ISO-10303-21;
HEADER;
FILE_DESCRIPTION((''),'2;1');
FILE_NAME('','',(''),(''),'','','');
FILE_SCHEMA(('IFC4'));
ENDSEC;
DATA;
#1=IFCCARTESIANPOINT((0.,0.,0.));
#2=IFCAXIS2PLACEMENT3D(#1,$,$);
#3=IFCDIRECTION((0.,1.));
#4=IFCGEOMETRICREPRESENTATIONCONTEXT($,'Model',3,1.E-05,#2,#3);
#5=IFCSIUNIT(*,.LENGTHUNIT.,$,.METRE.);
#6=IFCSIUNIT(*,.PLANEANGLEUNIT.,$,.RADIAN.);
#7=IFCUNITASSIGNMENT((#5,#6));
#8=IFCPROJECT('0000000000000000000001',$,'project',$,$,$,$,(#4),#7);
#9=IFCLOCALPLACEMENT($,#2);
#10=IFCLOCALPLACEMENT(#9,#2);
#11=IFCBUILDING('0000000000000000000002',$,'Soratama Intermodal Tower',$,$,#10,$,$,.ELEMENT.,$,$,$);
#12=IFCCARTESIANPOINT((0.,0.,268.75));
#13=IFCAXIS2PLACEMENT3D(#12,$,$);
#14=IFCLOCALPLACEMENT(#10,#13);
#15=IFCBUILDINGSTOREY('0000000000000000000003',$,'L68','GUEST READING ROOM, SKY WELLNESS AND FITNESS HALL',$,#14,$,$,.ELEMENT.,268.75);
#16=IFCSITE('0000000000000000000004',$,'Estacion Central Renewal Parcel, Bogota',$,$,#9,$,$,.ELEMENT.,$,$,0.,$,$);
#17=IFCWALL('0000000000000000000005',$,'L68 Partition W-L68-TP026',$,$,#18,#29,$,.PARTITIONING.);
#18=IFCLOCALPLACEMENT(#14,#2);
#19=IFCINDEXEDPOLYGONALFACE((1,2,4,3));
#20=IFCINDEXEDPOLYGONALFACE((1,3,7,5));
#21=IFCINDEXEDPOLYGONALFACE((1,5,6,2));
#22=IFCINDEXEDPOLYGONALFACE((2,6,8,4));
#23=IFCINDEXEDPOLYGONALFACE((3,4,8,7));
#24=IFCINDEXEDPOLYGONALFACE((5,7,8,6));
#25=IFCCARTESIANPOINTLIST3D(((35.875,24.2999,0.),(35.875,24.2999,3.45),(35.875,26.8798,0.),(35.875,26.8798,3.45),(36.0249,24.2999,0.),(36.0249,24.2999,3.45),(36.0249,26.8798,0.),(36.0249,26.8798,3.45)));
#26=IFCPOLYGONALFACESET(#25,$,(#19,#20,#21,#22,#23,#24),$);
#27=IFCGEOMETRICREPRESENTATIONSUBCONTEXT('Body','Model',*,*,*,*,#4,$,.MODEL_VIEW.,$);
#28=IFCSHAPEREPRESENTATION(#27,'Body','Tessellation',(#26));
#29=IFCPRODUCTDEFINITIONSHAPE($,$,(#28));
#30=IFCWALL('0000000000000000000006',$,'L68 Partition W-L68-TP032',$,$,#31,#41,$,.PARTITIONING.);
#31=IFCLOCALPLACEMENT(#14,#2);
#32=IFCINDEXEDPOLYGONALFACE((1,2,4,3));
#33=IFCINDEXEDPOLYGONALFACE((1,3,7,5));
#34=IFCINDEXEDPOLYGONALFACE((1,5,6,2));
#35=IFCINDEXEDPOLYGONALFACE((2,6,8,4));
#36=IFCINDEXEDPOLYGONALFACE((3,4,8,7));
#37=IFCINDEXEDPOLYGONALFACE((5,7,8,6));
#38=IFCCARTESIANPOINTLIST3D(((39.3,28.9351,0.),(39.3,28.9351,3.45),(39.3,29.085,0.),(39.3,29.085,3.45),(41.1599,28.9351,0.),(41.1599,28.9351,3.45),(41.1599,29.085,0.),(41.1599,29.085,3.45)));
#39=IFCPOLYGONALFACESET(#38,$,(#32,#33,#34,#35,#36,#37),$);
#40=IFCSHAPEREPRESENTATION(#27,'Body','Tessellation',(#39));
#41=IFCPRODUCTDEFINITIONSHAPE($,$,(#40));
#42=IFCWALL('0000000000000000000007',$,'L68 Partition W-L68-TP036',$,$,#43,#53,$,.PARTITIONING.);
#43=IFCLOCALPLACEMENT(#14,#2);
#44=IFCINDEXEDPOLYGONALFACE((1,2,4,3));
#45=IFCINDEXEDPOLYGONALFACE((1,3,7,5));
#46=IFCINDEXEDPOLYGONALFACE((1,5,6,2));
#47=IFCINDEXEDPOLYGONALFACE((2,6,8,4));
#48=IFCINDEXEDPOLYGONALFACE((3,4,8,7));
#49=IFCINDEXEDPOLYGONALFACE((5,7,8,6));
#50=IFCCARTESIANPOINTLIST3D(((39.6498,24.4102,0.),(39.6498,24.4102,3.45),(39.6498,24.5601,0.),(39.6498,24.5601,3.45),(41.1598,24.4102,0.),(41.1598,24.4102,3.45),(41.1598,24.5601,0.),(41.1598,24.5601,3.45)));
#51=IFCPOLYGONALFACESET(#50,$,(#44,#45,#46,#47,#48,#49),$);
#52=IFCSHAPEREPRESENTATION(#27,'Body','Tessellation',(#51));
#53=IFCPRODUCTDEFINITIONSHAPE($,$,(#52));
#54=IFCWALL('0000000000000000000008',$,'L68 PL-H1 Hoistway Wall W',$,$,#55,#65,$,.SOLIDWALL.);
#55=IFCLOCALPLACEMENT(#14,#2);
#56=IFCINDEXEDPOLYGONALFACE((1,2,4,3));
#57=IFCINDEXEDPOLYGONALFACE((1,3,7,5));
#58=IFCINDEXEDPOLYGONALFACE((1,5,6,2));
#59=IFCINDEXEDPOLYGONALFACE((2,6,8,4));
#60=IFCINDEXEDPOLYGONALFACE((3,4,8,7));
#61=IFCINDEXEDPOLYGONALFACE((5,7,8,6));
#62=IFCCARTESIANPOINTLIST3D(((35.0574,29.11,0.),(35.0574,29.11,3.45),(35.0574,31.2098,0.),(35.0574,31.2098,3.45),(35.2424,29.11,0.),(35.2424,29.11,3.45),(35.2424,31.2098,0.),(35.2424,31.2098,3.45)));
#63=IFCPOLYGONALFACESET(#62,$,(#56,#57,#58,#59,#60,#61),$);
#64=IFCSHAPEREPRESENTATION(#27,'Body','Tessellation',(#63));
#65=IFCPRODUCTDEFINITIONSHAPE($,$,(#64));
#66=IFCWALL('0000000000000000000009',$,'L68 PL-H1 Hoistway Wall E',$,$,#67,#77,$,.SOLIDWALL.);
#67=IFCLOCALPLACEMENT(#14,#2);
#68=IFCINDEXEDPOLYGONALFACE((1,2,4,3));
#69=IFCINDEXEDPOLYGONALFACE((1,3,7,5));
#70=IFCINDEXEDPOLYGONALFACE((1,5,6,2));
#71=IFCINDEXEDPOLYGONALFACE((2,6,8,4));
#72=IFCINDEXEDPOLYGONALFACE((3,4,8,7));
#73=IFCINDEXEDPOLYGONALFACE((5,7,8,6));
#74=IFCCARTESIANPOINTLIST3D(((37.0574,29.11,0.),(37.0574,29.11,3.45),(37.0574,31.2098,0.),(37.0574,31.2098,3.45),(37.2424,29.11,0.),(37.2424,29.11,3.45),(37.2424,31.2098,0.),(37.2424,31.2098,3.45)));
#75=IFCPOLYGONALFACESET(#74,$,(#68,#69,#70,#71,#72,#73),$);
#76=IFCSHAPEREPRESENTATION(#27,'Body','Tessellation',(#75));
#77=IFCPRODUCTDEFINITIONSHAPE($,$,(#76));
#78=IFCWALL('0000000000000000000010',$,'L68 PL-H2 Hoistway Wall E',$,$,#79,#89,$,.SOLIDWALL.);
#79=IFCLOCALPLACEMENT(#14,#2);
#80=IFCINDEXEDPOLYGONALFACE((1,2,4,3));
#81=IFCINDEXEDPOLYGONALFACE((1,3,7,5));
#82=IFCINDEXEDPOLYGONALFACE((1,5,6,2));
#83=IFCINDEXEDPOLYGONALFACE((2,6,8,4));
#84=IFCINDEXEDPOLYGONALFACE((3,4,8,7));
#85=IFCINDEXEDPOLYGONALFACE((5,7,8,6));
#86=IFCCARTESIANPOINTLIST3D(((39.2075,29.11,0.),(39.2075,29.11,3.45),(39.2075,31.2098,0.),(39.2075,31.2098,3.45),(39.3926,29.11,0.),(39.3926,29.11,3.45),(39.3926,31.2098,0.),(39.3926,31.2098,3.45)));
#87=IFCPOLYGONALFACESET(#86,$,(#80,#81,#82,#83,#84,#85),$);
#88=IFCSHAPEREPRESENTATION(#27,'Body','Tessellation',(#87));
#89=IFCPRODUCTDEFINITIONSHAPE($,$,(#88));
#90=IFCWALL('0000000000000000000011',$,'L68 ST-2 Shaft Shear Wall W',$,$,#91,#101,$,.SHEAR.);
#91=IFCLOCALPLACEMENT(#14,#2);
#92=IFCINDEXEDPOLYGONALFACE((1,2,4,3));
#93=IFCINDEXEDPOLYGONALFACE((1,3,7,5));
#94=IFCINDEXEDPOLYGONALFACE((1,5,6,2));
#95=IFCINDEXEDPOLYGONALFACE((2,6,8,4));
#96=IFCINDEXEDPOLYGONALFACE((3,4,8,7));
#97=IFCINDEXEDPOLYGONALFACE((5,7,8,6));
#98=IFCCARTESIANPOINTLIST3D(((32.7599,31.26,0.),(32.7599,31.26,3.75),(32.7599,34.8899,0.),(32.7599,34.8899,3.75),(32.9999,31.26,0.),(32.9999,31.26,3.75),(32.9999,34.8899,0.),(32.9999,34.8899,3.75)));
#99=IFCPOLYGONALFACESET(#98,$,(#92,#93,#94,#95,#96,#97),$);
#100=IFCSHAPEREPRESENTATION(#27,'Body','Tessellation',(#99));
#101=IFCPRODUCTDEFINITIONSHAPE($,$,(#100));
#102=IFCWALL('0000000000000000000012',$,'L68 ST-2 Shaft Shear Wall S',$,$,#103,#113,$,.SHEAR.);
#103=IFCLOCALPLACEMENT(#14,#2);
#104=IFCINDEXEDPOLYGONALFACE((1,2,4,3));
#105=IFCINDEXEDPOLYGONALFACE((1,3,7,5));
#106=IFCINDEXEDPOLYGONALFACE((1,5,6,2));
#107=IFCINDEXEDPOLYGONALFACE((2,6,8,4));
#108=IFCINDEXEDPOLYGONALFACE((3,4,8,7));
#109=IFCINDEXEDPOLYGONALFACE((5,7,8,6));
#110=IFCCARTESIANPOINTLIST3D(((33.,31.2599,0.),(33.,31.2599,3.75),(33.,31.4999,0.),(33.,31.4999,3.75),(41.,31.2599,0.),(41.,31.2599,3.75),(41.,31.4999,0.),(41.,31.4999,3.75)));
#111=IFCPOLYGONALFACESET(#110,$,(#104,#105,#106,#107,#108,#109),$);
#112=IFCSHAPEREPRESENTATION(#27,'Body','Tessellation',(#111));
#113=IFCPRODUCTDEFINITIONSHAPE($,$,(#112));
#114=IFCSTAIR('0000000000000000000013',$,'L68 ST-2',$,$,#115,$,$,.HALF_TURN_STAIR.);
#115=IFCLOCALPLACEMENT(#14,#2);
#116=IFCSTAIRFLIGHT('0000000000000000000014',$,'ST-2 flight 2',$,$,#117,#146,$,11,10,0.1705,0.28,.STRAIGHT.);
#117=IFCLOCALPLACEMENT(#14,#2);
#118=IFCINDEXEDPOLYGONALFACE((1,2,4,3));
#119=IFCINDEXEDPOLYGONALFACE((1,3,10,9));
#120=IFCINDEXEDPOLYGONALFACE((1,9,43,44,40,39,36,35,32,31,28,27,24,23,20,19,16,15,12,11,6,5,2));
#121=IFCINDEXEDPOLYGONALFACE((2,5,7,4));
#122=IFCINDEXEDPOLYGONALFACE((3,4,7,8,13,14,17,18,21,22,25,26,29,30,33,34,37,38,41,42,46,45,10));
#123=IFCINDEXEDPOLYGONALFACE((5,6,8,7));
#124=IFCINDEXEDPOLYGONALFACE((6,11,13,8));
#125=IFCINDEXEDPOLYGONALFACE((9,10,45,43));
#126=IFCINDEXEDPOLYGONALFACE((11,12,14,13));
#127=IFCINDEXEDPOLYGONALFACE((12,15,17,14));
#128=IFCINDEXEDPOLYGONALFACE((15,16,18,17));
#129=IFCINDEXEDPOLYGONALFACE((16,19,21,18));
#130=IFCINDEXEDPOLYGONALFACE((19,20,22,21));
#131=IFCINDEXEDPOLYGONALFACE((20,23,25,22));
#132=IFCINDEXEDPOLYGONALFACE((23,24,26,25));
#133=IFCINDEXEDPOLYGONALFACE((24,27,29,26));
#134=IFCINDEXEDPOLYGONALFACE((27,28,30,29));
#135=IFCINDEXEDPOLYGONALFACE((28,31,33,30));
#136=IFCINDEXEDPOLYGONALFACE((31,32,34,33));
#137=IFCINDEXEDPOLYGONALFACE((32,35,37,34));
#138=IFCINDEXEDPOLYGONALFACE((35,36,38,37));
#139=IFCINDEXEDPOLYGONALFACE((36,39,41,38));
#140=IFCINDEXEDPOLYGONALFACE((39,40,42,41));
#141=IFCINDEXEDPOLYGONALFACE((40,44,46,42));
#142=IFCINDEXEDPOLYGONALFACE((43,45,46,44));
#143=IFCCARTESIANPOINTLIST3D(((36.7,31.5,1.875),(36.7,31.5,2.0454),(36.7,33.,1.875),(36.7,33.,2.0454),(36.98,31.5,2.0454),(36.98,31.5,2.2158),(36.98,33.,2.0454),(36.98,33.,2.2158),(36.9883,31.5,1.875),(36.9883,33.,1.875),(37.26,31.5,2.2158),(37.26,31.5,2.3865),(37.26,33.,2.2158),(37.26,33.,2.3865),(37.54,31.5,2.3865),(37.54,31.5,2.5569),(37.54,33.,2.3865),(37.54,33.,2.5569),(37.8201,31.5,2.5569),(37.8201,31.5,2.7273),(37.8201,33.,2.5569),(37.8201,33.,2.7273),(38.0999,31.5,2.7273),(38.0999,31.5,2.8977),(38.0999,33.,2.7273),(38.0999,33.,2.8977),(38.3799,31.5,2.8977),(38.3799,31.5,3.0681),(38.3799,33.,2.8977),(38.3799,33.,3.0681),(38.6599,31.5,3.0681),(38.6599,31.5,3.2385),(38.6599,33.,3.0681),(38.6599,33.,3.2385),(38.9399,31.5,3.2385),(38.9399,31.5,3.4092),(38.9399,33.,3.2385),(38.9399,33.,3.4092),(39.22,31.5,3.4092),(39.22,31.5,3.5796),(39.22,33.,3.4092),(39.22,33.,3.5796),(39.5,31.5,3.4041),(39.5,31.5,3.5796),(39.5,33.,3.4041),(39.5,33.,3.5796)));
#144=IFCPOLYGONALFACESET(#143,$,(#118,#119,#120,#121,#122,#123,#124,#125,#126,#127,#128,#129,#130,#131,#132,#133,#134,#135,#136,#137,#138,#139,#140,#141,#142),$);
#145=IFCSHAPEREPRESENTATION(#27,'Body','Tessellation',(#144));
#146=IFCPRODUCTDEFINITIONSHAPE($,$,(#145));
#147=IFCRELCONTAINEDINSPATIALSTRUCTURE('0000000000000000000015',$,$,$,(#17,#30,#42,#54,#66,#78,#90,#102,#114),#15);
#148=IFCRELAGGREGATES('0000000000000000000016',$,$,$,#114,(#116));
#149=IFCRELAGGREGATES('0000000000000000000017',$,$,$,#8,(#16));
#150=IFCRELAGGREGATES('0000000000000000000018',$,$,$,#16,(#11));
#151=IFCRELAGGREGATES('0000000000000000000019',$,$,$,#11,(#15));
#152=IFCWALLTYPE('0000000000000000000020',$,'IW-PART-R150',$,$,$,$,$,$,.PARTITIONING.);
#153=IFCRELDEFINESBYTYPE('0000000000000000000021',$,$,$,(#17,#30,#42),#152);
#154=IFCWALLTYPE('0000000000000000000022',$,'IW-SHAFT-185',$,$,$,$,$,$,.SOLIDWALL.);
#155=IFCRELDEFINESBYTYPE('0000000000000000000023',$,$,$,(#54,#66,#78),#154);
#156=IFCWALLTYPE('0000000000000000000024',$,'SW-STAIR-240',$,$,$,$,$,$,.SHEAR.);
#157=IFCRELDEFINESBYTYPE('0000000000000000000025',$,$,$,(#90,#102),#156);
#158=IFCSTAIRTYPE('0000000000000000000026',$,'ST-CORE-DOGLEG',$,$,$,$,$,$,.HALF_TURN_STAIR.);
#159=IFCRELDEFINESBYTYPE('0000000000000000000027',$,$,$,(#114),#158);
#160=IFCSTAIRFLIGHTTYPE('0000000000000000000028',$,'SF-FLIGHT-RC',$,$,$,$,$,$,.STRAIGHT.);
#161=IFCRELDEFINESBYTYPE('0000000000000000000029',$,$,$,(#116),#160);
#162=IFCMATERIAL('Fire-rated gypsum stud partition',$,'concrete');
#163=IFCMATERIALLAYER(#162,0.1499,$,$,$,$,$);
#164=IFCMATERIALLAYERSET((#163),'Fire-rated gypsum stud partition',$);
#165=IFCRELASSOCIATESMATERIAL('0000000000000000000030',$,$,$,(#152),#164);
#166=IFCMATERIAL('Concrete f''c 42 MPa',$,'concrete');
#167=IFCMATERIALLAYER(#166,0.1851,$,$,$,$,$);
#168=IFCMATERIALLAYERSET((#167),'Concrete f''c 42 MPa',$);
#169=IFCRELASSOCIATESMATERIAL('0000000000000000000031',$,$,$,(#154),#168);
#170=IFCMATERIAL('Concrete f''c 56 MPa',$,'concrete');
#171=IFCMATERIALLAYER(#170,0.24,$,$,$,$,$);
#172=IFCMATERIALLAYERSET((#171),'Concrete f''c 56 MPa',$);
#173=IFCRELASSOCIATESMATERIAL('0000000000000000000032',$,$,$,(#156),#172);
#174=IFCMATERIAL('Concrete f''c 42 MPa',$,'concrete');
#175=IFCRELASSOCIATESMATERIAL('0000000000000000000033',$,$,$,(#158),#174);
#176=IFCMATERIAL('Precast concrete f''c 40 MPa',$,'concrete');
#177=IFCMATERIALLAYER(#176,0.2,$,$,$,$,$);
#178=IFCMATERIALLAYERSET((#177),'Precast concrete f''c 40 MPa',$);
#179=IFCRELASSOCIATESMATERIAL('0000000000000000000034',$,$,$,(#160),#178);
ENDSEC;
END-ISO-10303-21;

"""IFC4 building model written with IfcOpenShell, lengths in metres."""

from ifc_helpers import new_model, si_unit, direction, frame, frame_2d, origin, place, context, subcontext, project, spatial, polyline, rectangle, outline, extrude, material, layer, layer_set, type_object, element, aggregate, save


model = new_model("IFC4")

# Units and contexts
model_context = context("Model", 3, precision=1e-05, world=origin(), true_north=direction((0.0, 1.0)))
body_context = subcontext(model_context, "Body", "Model", "MODEL_VIEW")
ifc_project = project(units=[si_unit("LENGTHUNIT", "METRE"), si_unit("PLANEANGLEUNIT", "RADIAN")], contexts=[model_context])

# Site, building, storey
site_placement = place(None, origin())
site = spatial("IfcSite", under=ifc_project, at=site_placement, Name="Estacion Central Renewal Parcel, Bogota", CompositionType="ELEMENT", RefElevation=0.0)
building_placement = place(site_placement, origin())
building = spatial("IfcBuilding", under=site, at=building_placement, Name="Soratama Intermodal Tower", CompositionType="ELEMENT")
storey_placement = place(building_placement, frame((0.0, 0.0, 268.75)))
storey = spatial("IfcBuildingStorey", under=building, at=storey_placement, Name="L68", Description="GUEST READING ROOM, SKY WELLNESS AND FITNESS HALL", CompositionType="ELEMENT", Elevation=268.75)

# Shared definitions
ifc_material_1 = material(Name="Fire-rated gypsum stud partition", Category="concrete")
ifc_layer_1 = layer(ifc_material_1, 0.1499)
ifc_layer_set_1 = layer_set([ifc_layer_1], Name="Fire-rated gypsum stud partition")
wall_type_1 = type_object("IfcWallType", Name="IW-PART-R150", PredefinedType="PARTITIONING", material=ifc_layer_set_1)

# Walls
wall_1_placement = place(storey_placement, frame((35.95, 26.8799, 0.0), z_axis=(0.0, 0.0, 1.0), x_axis=(0.0, -1.0, 0.0)))
element("IfcWall", 1, at=wall_1_placement, inside=storey, type_object=wall_type_1, Name="L68 Partition W-L68-TP026", PredefinedType="PARTITIONING", context=body_context, shape_type="SweptSolid", body=[
    extrude(rectangle(XDim=2.5798, YDim=0.1499, at=frame_2d((1.29, 0.0))), origin(), (0.0, 0.0, 1.0), 3.45),
])
wall_2_placement = place(storey_placement, frame((39.3, 29.01, 0.0), z_axis=(0.0, 0.0, 1.0), x_axis=(1.0, 0.0, 0.0)))
element("IfcWall", 2, at=wall_2_placement, inside=storey, type_object=wall_type_1, Name="L68 Partition W-L68-TP032", PredefinedType="PARTITIONING", context=body_context, shape_type="SweptSolid", body=[
    extrude(rectangle(XDim=1.8599, YDim=0.1499, at=frame_2d((0.9299, 0.0))), origin(), (0.0, 0.0, 1.0), 3.45),
])
wall_3_placement = place(storey_placement, frame((39.6499, 24.4851, 0.0), z_axis=(0.0, 0.0, 1.0), x_axis=(1.0, 0.0, 0.0)))
element("IfcWall", 3, at=wall_3_placement, inside=storey, type_object=wall_type_1, Name="L68 Partition W-L68-TP036", PredefinedType="PARTITIONING", context=body_context, shape_type="SweptSolid", body=[
    extrude(rectangle(XDim=1.51, YDim=0.1499, at=frame_2d((0.7549, 0.0))), origin(), (0.0, 0.0, 1.0), 3.45),
])

# Shared definitions
ifc_material_2 = material(Name="Concrete f'c 42 MPa", Category="concrete")
ifc_layer_2 = layer(ifc_material_2, 0.1851)
ifc_layer_set_2 = layer_set([ifc_layer_2], Name="Concrete f'c 42 MPa")
wall_type_2 = type_object("IfcWallType", Name="IW-SHAFT-185", PredefinedType="SOLIDWALL", material=ifc_layer_set_2)

# Walls
for number, where, z_axis, x_axis, name in (
    (4, (35.1499, 29.1101, 0.0), (0.0, 0.0, 1.0), (0.0, 1.0, 0.0), "L68 PL-H1 Hoistway Wall W"),
    (5, (37.1499, 29.1101, 0.0), (0.0, 0.0, 1.0), (0.0, 1.0, 0.0), "L68 PL-H1 Hoistway Wall E"),
):
    element("IfcWall", number, at=place(storey_placement, frame(where, z_axis=z_axis, x_axis=x_axis)), inside=storey, type_object=wall_type_2, Name=name, PredefinedType="SOLIDWALL", context=body_context, shape_type="SweptSolid", body=[
        extrude(rectangle(XDim=2.0999, YDim=0.1851, at=frame_2d((1.0498, 0.0))), origin(), (0.0, 0.0, 1.0), 3.45),
    ])

# Walls
wall_4_placement = place(storey_placement, frame((39.3, 29.1101, 0.0), z_axis=(0.0, 0.0, 1.0), x_axis=(0.0, 1.0, 0.0)))
element("IfcWall", 6, at=wall_4_placement, inside=storey, type_object=wall_type_2, Name="L68 PL-H2 Hoistway Wall E", PredefinedType="SOLIDWALL", context=body_context, shape_type="SweptSolid", body=[
    extrude(rectangle(XDim=2.0999, YDim=0.1851, at=frame_2d((1.0498, 0.0))), origin(), (0.0, 0.0, 1.0), 3.45),
])
ifc_material_3 = material(Name="Concrete f'c 56 MPa", Category="concrete")
ifc_layer_3 = layer(ifc_material_3, 0.24)
ifc_layer_set_3 = layer_set([ifc_layer_3], Name="Concrete f'c 56 MPa")
wall_type_3 = type_object("IfcWallType", Name="SW-STAIR-240", PredefinedType="SHEAR", material=ifc_layer_set_3)
wall_5_placement = place(storey_placement, frame((32.8799, 31.26, 0.0), z_axis=(0.0, 0.0, 1.0), x_axis=(0.0, 1.0, 0.0)))
element("IfcWall", 7, at=wall_5_placement, inside=storey, type_object=wall_type_3, Name="L68 ST-2 Shaft Shear Wall W", PredefinedType="SHEAR", context=body_context, shape_type="SweptSolid", body=[
    extrude(rectangle(XDim=3.6299, YDim=0.24, at=frame_2d((1.8149, 0.0))), origin(), (0.0, 0.0, 1.0), 3.75),
])

# Wall
wall_6_placement = place(storey_placement, frame((33.0, 31.3799, 0.0), z_axis=(0.0, 0.0, 1.0), x_axis=(1.0, 0.0, 0.0)))
element("IfcWall", 8, at=wall_6_placement, inside=storey, type_object=wall_type_3, Name="L68 ST-2 Shaft Shear Wall S", PredefinedType="SHEAR", context=body_context, shape_type="SweptSolid", body=[
    extrude(rectangle(XDim=8.0, YDim=0.24, at=frame_2d((4.0, 0.0))), origin(), (0.0, 0.0, 1.0), 3.75),
])

# Stair, stair flight
ifc_material_4 = material(Name="Concrete f'c 42 MPa", Category="concrete")
stair_type = type_object("IfcStairType", Name="ST-CORE-DOGLEG", PredefinedType="HALF_TURN_STAIR", material=ifc_material_4)
stair_placement = place(storey_placement, origin())
stair = element("IfcStair", 9, at=stair_placement, inside=storey, type_object=stair_type, Name="L68 ST-2", PredefinedType="HALF_TURN_STAIR")
ifc_material_5 = material(Name="Precast concrete f'c 40 MPa", Category="concrete")
ifc_layer_4 = layer(ifc_material_5, 0.2)
ifc_layer_set_4 = layer_set([ifc_layer_4], Name="Precast concrete f'c 40 MPa")
stair_flight_type = type_object("IfcStairFlightType", Name="SF-FLIGHT-RC", PredefinedType="STRAIGHT", material=ifc_layer_set_4)
stair_flight_placement = place(storey_placement, frame((36.7, 32.25, 1.875), z_axis=(0.0, 0.0, 1.0), x_axis=(1.0, 0.0, 0.0)))
stair_flight = element("IfcStairFlight", 10, at=stair_flight_placement, type_object=stair_flight_type, Name="ST-2 flight 2", NumberOfRisers=11, NumberOfTreads=10, PredefinedType="STRAIGHT", RiserHeight=0.1705, TreadLength=0.28, context=body_context, shape_type="SweptSolid", body=[
    extrude(outline(polyline([(0.0, 0.0), (0.0, 0.1704), (0.28, 0.1704), (0.28, 0.3408), (0.5601, 0.3408), (0.5601, 0.5115), (0.8401, 0.5115), (0.8401, 0.6819), (1.1201, 0.6819), (1.1201, 0.8523), (1.3999, 0.8523), (1.3999, 1.0227), (1.6799, 1.0227), (1.6799, 1.1931), (1.96, 1.1931), (1.96, 1.3635), (2.24, 1.3635), (2.24, 1.5342), (2.52, 1.5342), (2.52, 1.7046), (2.8, 1.7046), (2.8, 1.875), (2.8, 1.5291), (0.2883, 0.0), (0.0, 0.0)])), frame((0.0, 0.75, 0.0), z_axis=(0.0, -1.0, 0.0), x_axis=(1.0, 0.0, 0.0)), (0.0, 0.0, 1.0), 1.5),
])
aggregate(stair, [stair_flight])

save(model, "model.ifc")
